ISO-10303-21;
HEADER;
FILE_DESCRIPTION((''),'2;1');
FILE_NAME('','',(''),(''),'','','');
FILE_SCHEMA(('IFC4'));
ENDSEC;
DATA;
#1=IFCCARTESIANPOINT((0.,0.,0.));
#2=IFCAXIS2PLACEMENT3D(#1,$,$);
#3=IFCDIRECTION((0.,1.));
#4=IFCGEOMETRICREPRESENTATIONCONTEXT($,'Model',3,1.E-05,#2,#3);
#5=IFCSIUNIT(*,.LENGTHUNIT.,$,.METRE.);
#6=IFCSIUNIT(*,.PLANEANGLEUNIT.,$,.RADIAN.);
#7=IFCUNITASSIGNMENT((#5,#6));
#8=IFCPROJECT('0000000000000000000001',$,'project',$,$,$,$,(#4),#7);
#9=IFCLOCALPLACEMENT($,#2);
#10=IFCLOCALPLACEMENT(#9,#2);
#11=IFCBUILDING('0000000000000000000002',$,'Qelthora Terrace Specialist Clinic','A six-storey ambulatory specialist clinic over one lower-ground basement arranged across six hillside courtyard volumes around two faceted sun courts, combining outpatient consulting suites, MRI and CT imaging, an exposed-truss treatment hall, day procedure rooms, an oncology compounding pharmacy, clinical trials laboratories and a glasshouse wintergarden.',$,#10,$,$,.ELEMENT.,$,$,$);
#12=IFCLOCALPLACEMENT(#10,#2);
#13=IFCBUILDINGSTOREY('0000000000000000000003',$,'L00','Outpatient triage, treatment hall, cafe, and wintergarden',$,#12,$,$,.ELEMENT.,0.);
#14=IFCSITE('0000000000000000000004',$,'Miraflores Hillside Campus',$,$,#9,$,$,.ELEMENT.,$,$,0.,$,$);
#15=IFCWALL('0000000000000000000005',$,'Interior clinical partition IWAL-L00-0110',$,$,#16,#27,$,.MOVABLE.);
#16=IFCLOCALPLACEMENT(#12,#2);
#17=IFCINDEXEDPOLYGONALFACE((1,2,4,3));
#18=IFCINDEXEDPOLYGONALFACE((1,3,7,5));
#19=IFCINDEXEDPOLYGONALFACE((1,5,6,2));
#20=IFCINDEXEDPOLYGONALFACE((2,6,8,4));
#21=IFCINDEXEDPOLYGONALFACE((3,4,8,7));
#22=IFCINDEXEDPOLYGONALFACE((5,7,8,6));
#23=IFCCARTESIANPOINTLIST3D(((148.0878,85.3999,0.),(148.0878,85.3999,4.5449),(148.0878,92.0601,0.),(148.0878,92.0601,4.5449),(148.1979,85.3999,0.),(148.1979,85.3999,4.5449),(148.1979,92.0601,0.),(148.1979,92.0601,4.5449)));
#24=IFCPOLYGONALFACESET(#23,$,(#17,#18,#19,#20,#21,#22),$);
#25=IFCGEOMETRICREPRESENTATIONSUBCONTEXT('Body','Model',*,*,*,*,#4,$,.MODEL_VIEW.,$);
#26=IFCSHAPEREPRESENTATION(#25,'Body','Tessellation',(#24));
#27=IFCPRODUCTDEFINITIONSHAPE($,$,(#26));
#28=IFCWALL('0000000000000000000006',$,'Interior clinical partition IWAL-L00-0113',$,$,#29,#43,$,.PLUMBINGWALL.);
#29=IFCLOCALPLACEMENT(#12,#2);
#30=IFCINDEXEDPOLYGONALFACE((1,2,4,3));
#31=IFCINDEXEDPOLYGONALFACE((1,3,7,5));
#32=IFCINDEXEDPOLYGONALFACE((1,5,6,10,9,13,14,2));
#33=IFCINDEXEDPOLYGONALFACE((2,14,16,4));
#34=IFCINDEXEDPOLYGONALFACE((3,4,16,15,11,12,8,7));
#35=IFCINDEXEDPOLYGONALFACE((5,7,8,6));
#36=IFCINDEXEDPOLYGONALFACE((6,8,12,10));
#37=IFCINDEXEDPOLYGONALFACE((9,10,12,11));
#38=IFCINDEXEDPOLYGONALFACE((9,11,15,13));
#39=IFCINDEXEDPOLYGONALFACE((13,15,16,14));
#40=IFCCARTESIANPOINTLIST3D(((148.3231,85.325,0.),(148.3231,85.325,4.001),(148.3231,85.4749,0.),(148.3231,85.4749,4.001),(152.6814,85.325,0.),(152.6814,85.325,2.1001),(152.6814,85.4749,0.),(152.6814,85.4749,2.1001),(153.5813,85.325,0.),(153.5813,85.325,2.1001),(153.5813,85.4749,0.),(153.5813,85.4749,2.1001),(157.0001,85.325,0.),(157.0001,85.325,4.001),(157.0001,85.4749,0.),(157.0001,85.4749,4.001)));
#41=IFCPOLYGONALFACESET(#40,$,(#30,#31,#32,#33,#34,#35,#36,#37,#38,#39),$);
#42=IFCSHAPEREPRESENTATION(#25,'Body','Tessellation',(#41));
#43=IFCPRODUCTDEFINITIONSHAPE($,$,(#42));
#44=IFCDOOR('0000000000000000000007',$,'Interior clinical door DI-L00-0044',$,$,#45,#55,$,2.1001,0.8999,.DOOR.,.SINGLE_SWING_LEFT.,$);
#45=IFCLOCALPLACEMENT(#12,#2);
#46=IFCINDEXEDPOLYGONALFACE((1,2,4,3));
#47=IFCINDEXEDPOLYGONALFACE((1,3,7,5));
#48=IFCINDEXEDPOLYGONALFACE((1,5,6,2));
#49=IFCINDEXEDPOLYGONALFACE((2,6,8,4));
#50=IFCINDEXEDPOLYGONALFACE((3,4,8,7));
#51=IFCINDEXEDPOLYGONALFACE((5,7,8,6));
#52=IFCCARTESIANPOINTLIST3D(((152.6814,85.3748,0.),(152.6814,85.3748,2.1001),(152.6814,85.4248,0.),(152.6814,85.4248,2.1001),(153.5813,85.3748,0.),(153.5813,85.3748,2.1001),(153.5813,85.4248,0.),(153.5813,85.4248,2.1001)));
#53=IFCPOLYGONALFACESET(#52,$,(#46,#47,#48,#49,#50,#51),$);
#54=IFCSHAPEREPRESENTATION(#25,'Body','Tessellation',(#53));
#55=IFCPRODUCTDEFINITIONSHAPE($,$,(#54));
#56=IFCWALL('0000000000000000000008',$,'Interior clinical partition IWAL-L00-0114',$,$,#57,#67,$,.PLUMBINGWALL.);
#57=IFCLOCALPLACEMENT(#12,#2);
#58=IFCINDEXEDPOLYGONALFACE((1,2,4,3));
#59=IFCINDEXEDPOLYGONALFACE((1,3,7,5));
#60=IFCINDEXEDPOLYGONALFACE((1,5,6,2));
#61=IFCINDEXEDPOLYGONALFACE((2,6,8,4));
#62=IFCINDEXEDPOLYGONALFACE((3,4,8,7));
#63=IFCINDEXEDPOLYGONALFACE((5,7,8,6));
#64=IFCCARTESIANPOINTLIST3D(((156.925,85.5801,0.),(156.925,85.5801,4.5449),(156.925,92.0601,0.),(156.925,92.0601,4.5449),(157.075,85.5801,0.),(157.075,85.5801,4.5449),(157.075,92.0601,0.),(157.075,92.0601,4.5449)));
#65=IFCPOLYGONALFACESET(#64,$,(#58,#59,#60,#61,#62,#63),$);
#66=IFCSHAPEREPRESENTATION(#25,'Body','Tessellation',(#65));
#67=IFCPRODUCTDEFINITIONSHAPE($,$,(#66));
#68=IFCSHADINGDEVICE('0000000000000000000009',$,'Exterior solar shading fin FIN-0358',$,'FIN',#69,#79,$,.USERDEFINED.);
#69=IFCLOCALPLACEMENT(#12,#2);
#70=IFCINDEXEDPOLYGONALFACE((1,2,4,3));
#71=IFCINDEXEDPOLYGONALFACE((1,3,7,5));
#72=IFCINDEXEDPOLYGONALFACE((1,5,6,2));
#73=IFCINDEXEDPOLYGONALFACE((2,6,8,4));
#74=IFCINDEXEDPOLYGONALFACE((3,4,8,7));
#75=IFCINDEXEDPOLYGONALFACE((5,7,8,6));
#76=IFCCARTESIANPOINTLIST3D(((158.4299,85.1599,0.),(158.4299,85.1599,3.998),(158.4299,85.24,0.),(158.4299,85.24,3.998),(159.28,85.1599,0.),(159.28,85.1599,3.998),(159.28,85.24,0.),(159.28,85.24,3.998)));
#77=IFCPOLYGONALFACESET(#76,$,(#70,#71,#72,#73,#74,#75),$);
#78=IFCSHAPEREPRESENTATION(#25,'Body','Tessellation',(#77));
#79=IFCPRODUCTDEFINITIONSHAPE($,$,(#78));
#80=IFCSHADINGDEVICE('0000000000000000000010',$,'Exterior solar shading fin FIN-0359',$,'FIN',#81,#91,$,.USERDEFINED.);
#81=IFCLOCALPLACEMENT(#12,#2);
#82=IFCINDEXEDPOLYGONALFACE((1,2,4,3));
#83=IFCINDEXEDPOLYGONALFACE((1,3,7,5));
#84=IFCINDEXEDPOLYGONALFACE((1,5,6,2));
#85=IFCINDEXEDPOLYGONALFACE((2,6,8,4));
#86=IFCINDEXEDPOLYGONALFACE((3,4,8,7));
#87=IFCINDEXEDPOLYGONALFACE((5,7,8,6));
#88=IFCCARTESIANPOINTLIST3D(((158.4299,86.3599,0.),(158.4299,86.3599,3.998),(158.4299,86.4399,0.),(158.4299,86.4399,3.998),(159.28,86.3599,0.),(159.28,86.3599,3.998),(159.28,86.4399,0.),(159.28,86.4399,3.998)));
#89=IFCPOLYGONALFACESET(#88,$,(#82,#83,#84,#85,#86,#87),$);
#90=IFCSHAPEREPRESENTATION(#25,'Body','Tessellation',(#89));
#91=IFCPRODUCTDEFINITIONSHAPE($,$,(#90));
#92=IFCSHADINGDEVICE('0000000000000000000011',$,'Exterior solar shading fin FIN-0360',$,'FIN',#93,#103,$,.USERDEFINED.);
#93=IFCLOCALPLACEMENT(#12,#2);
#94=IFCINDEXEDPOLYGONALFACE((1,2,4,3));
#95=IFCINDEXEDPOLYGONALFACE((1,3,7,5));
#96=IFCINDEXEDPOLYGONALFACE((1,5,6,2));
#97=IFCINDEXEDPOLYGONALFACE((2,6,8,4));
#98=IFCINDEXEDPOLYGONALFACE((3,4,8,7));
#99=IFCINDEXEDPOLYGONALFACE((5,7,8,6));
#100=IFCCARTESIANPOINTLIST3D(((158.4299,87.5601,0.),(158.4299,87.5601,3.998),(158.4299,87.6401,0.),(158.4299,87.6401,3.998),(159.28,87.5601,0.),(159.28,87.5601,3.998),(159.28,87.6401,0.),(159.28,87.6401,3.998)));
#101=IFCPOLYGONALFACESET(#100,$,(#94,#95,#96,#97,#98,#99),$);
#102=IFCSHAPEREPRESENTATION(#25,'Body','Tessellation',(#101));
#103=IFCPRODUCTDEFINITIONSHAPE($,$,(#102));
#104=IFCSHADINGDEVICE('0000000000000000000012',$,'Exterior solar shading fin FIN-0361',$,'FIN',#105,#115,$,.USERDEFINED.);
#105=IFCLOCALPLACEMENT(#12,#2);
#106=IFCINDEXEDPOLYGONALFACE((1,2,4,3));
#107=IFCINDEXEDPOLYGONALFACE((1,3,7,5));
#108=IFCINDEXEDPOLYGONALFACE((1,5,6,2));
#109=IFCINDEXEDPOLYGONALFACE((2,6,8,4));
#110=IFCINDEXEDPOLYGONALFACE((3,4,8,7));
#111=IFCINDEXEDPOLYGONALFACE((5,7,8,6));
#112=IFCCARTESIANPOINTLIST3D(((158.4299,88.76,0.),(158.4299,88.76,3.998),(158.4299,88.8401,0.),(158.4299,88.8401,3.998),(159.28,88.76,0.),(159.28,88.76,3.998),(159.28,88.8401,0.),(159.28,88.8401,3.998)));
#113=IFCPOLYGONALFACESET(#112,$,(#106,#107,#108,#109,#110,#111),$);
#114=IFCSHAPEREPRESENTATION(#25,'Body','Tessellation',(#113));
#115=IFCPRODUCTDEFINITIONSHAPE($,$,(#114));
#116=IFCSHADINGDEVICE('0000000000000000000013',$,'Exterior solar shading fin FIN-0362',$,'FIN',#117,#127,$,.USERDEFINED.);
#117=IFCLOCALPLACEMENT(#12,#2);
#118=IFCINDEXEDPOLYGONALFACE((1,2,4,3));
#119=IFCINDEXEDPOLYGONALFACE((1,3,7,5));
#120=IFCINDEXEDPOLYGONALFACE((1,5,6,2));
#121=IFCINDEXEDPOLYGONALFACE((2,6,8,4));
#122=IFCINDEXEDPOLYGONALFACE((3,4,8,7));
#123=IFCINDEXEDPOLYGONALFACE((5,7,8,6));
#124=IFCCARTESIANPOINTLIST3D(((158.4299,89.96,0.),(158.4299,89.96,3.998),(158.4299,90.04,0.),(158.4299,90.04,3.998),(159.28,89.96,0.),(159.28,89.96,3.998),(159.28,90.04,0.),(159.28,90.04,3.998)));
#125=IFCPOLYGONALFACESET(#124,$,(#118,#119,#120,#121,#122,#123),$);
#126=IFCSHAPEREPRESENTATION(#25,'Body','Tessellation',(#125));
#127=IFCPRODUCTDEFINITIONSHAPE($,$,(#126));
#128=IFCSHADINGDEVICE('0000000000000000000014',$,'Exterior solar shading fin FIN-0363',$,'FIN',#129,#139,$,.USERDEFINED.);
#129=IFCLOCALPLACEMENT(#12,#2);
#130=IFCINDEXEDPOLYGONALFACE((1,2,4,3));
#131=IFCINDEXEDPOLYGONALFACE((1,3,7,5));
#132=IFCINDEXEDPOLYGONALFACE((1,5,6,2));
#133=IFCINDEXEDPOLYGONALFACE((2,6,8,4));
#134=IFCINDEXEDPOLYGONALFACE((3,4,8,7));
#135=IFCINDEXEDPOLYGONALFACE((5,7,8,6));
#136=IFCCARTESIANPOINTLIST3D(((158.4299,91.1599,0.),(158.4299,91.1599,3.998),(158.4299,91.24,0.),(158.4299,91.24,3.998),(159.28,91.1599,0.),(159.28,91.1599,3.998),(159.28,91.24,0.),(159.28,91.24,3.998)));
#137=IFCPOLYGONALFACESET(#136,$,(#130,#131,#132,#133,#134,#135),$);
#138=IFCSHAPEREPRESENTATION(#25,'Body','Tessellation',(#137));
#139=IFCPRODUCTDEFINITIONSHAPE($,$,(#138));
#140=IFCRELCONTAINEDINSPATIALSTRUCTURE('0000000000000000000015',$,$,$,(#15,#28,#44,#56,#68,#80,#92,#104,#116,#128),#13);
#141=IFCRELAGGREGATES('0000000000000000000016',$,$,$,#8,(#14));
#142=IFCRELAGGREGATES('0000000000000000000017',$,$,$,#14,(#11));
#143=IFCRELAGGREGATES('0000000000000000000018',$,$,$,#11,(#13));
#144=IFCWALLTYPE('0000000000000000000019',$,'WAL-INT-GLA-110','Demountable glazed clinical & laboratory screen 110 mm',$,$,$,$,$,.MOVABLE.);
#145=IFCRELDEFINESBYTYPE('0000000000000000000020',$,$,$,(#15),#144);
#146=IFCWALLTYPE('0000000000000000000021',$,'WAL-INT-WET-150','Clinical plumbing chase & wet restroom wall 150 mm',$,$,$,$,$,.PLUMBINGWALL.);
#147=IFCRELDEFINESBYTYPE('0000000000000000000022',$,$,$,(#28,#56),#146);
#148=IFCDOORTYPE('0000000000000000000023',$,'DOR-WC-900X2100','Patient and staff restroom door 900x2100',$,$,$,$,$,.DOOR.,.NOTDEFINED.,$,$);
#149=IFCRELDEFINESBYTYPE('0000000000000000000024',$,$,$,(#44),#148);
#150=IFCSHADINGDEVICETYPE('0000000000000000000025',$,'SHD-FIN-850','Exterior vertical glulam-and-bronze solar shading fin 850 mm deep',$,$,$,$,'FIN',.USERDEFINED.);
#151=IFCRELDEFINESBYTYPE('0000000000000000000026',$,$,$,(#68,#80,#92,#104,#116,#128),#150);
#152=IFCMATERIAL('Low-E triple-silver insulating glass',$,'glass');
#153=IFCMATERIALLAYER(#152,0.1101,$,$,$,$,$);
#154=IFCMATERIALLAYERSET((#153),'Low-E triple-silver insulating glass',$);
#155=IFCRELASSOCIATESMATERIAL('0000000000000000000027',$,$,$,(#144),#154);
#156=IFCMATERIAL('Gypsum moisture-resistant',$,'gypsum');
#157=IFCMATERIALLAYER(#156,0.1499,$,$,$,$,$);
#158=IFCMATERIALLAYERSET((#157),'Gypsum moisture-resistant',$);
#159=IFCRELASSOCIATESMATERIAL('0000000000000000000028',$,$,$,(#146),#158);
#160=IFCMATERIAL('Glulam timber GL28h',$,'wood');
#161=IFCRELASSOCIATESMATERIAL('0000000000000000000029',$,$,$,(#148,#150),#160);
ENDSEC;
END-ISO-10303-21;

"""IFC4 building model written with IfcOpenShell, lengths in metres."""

from ifc_helpers import new_model, si_unit, direction, frame, frame_2d, origin, origin_2d, place, context, subcontext, project, spatial, rectangle, extrude, material, layer, layer_set, type_object, element, fill, save


model = new_model("IFC4")

# Units and contexts
model_context = context("Model", 3, precision=1e-05, world=origin(), true_north=direction((0.0, 1.0)))
body_context = subcontext(model_context, "Body", "Model", "MODEL_VIEW")
ifc_project = project(units=[si_unit("LENGTHUNIT", "METRE"), si_unit("PLANEANGLEUNIT", "RADIAN")], contexts=[model_context])

# Site, building, storey
site_placement = place(None, origin())
site = spatial("IfcSite", under=ifc_project, at=site_placement, Name="Miraflores Hillside Campus", CompositionType="ELEMENT", RefElevation=0.0)
building_placement = place(site_placement, origin())
building = spatial("IfcBuilding", under=site, at=building_placement, Name="Qelthora Terrace Specialist Clinic", Description="A six-storey ambulatory specialist clinic over one lower-ground basement arranged across six hillside courtyard volumes around two faceted sun courts, combining outpatient consulting suites, MRI and CT imaging, an exposed-truss treatment hall, day procedure rooms, an oncology compounding pharmacy, clinical trials laboratories and a glasshouse wintergarden.", CompositionType="ELEMENT")
storey_placement = place(building_placement, origin())
storey = spatial("IfcBuildingStorey", under=building, at=storey_placement, Name="L00", Description="Outpatient triage, treatment hall, cafe, and wintergarden", CompositionType="ELEMENT", Elevation=0.0)

# Shared definitions
ifc_material_1 = material(Name="Low-E triple-silver insulating glass", Category="glass")

# Shared definitions
ifc_material_2 = material(Name="Glulam timber GL28h", Category="wood")

# Wall
ifc_layer_1 = layer(ifc_material_1, 0.1101)
ifc_layer_set_1 = layer_set([ifc_layer_1], Name="Low-E triple-silver insulating glass")
wall_type_1 = type_object("IfcWallType", Name="WAL-INT-GLA-110", Description="Demountable glazed clinical & laboratory screen 110 mm", PredefinedType="MOVABLE", material=ifc_layer_set_1)
wall_1_placement = place(storey_placement, frame((148.1428, 92.0601, 0.0), z_axis=(0.0, 0.0, 1.0), x_axis=(0.0, -1.0, 0.0)))
element("IfcWall", 1, at=wall_1_placement, inside=storey, type_object=wall_type_1, Name="Interior clinical partition IWAL-L00-0110", PredefinedType="MOVABLE", context=body_context, shape_type="SweptSolid", body=[
    extrude(rectangle(XDim=6.6602, YDim=0.1101, at=frame_2d((3.3301, 0.0))), origin(), (0.0, 0.0, 1.0), 4.5449),
])

# Wall, opening, door
ifc_material_3 = material(Name="Gypsum moisture-resistant", Category="gypsum")
ifc_layer_2 = layer(ifc_material_3, 0.1499)
ifc_layer_set_2 = layer_set([ifc_layer_2], Name="Gypsum moisture-resistant")
wall_type_2 = type_object("IfcWallType", Name="WAL-INT-WET-150", Description="Clinical plumbing chase & wet restroom wall 150 mm", PredefinedType="PLUMBINGWALL", material=ifc_layer_set_2)
wall_2_placement = place(storey_placement, frame((157.0, 85.3999, 0.0), z_axis=(0.0, 0.0, 1.0), x_axis=(-1.0, 0.0, 0.0)))
wall_2 = element("IfcWall", 2, at=wall_2_placement, inside=storey, type_object=wall_type_2, Name="Interior clinical partition IWAL-L00-0113", PredefinedType="PLUMBINGWALL", context=body_context, shape_type="SweptSolid", body=[
    extrude(rectangle(XDim=8.677, YDim=0.1499, at=frame_2d((4.3384, 0.0))), origin(), (0.0, 0.0, 1.0), 4.001),
])
opening_1_placement = place(wall_2_placement, frame((3.4187, 0.0, 0.0)))
opening_1 = element("IfcOpeningElement", 3, at=opening_1_placement, cuts=wall_2, PredefinedType="OPENING", context=body_context, shape_type="SweptSolid", body=[
    extrude(rectangle(XDim=0.8999, YDim=2.1001, at=frame_2d((0.45, 1.05))), frame((0.0, 0.085, 0.0), z_axis=(0.0, -1.0, 0.0), x_axis=(1.0, 0.0, 0.0)), (0.0, 0.0, 1.0), 0.1699),
])
door_type_1 = type_object("IfcDoorType", Name="DOR-WC-900X2100", Description="Patient and staff restroom door 900x2100", OperationType="NOTDEFINED", PredefinedType="DOOR", material=ifc_material_2)
door_1_placement = place(opening_1_placement, frame((0.8999, 0.0, 0.0), z_axis=(0.0, 0.0, 1.0), x_axis=(-1.0, 0.0, 0.0)))
door_1 = element("IfcDoor", 4, at=door_1_placement, inside=storey, type_object=door_type_1, Name="Interior clinical door DI-L00-0044", OperationType="SINGLE_SWING_LEFT", OverallHeight=2.1001, OverallWidth=0.8999, PredefinedType="DOOR", context=body_context, shape_type="SweptSolid", body=[
    extrude(rectangle(XDim=0.8999, YDim=2.1001, at=frame_2d((0.45, 1.05))), frame((0.0, 0.0249, 0.0), z_axis=(0.0, -1.0, 0.0), x_axis=(1.0, 0.0, 0.0)), (0.0, 0.0, 1.0), 0.05),
])
fill(opening_1, door_1)

# Wall
wall_3_placement = place(storey_placement, frame((157.0, 92.0601, 0.0), z_axis=(0.0, 0.0, 1.0), x_axis=(0.0, -1.0, 0.0)))
element("IfcWall", 5, at=wall_3_placement, inside=storey, type_object=wall_type_2, Name="Interior clinical partition IWAL-L00-0114", PredefinedType="PLUMBINGWALL", context=body_context, shape_type="SweptSolid", body=[
    extrude(rectangle(XDim=6.48, YDim=0.1499, at=frame_2d((3.24, 0.0))), origin(), (0.0, 0.0, 1.0), 4.5449),
])

# Shading devices
shading_device_type = type_object("IfcShadingDeviceType", Name="SHD-FIN-850", Description="Exterior vertical glulam-and-bronze solar shading fin 850 mm deep", ElementType="FIN", PredefinedType="USERDEFINED", material=ifc_material_2)
for number, where, z_axis, x_axis, name in (
    (6, (158.855, 85.2, 0.0), (0.0, 0.0, 1.0), (1.0, 0.0, 0.0), "Exterior solar shading fin FIN-0358"),
    (7, (158.855, 86.3999, 0.0), (0.0, 0.0, 1.0), (1.0, 0.0, 0.0), "Exterior solar shading fin FIN-0359"),
    (8, (158.855, 87.6001, 0.0), (0.0, 0.0, 1.0), (1.0, 0.0, 0.0), "Exterior solar shading fin FIN-0360"),
    (9, (158.855, 88.8, 0.0), (0.0, 0.0, 1.0), (1.0, 0.0, 0.0), "Exterior solar shading fin FIN-0361"),
    (10, (158.855, 90.0, 0.0), (0.0, 0.0, 1.0), (1.0, 0.0, 0.0), "Exterior solar shading fin FIN-0362"),
    (11, (158.855, 91.2, 0.0), (0.0, 0.0, 1.0), (1.0, 0.0, 0.0), "Exterior solar shading fin FIN-0363"),
):
    element("IfcShadingDevice", number, at=place(storey_placement, frame(where, z_axis=z_axis, x_axis=x_axis)), inside=storey, type_object=shading_device_type, Name=name, ObjectType="FIN", PredefinedType="USERDEFINED", context=body_context, shape_type="SweptSolid", body=[
        extrude(rectangle(XDim=0.8501, YDim=0.0801, at=origin_2d()), origin(), (0.0, 0.0, 1.0), 3.998),
    ])

save(model, "model.ifc")
